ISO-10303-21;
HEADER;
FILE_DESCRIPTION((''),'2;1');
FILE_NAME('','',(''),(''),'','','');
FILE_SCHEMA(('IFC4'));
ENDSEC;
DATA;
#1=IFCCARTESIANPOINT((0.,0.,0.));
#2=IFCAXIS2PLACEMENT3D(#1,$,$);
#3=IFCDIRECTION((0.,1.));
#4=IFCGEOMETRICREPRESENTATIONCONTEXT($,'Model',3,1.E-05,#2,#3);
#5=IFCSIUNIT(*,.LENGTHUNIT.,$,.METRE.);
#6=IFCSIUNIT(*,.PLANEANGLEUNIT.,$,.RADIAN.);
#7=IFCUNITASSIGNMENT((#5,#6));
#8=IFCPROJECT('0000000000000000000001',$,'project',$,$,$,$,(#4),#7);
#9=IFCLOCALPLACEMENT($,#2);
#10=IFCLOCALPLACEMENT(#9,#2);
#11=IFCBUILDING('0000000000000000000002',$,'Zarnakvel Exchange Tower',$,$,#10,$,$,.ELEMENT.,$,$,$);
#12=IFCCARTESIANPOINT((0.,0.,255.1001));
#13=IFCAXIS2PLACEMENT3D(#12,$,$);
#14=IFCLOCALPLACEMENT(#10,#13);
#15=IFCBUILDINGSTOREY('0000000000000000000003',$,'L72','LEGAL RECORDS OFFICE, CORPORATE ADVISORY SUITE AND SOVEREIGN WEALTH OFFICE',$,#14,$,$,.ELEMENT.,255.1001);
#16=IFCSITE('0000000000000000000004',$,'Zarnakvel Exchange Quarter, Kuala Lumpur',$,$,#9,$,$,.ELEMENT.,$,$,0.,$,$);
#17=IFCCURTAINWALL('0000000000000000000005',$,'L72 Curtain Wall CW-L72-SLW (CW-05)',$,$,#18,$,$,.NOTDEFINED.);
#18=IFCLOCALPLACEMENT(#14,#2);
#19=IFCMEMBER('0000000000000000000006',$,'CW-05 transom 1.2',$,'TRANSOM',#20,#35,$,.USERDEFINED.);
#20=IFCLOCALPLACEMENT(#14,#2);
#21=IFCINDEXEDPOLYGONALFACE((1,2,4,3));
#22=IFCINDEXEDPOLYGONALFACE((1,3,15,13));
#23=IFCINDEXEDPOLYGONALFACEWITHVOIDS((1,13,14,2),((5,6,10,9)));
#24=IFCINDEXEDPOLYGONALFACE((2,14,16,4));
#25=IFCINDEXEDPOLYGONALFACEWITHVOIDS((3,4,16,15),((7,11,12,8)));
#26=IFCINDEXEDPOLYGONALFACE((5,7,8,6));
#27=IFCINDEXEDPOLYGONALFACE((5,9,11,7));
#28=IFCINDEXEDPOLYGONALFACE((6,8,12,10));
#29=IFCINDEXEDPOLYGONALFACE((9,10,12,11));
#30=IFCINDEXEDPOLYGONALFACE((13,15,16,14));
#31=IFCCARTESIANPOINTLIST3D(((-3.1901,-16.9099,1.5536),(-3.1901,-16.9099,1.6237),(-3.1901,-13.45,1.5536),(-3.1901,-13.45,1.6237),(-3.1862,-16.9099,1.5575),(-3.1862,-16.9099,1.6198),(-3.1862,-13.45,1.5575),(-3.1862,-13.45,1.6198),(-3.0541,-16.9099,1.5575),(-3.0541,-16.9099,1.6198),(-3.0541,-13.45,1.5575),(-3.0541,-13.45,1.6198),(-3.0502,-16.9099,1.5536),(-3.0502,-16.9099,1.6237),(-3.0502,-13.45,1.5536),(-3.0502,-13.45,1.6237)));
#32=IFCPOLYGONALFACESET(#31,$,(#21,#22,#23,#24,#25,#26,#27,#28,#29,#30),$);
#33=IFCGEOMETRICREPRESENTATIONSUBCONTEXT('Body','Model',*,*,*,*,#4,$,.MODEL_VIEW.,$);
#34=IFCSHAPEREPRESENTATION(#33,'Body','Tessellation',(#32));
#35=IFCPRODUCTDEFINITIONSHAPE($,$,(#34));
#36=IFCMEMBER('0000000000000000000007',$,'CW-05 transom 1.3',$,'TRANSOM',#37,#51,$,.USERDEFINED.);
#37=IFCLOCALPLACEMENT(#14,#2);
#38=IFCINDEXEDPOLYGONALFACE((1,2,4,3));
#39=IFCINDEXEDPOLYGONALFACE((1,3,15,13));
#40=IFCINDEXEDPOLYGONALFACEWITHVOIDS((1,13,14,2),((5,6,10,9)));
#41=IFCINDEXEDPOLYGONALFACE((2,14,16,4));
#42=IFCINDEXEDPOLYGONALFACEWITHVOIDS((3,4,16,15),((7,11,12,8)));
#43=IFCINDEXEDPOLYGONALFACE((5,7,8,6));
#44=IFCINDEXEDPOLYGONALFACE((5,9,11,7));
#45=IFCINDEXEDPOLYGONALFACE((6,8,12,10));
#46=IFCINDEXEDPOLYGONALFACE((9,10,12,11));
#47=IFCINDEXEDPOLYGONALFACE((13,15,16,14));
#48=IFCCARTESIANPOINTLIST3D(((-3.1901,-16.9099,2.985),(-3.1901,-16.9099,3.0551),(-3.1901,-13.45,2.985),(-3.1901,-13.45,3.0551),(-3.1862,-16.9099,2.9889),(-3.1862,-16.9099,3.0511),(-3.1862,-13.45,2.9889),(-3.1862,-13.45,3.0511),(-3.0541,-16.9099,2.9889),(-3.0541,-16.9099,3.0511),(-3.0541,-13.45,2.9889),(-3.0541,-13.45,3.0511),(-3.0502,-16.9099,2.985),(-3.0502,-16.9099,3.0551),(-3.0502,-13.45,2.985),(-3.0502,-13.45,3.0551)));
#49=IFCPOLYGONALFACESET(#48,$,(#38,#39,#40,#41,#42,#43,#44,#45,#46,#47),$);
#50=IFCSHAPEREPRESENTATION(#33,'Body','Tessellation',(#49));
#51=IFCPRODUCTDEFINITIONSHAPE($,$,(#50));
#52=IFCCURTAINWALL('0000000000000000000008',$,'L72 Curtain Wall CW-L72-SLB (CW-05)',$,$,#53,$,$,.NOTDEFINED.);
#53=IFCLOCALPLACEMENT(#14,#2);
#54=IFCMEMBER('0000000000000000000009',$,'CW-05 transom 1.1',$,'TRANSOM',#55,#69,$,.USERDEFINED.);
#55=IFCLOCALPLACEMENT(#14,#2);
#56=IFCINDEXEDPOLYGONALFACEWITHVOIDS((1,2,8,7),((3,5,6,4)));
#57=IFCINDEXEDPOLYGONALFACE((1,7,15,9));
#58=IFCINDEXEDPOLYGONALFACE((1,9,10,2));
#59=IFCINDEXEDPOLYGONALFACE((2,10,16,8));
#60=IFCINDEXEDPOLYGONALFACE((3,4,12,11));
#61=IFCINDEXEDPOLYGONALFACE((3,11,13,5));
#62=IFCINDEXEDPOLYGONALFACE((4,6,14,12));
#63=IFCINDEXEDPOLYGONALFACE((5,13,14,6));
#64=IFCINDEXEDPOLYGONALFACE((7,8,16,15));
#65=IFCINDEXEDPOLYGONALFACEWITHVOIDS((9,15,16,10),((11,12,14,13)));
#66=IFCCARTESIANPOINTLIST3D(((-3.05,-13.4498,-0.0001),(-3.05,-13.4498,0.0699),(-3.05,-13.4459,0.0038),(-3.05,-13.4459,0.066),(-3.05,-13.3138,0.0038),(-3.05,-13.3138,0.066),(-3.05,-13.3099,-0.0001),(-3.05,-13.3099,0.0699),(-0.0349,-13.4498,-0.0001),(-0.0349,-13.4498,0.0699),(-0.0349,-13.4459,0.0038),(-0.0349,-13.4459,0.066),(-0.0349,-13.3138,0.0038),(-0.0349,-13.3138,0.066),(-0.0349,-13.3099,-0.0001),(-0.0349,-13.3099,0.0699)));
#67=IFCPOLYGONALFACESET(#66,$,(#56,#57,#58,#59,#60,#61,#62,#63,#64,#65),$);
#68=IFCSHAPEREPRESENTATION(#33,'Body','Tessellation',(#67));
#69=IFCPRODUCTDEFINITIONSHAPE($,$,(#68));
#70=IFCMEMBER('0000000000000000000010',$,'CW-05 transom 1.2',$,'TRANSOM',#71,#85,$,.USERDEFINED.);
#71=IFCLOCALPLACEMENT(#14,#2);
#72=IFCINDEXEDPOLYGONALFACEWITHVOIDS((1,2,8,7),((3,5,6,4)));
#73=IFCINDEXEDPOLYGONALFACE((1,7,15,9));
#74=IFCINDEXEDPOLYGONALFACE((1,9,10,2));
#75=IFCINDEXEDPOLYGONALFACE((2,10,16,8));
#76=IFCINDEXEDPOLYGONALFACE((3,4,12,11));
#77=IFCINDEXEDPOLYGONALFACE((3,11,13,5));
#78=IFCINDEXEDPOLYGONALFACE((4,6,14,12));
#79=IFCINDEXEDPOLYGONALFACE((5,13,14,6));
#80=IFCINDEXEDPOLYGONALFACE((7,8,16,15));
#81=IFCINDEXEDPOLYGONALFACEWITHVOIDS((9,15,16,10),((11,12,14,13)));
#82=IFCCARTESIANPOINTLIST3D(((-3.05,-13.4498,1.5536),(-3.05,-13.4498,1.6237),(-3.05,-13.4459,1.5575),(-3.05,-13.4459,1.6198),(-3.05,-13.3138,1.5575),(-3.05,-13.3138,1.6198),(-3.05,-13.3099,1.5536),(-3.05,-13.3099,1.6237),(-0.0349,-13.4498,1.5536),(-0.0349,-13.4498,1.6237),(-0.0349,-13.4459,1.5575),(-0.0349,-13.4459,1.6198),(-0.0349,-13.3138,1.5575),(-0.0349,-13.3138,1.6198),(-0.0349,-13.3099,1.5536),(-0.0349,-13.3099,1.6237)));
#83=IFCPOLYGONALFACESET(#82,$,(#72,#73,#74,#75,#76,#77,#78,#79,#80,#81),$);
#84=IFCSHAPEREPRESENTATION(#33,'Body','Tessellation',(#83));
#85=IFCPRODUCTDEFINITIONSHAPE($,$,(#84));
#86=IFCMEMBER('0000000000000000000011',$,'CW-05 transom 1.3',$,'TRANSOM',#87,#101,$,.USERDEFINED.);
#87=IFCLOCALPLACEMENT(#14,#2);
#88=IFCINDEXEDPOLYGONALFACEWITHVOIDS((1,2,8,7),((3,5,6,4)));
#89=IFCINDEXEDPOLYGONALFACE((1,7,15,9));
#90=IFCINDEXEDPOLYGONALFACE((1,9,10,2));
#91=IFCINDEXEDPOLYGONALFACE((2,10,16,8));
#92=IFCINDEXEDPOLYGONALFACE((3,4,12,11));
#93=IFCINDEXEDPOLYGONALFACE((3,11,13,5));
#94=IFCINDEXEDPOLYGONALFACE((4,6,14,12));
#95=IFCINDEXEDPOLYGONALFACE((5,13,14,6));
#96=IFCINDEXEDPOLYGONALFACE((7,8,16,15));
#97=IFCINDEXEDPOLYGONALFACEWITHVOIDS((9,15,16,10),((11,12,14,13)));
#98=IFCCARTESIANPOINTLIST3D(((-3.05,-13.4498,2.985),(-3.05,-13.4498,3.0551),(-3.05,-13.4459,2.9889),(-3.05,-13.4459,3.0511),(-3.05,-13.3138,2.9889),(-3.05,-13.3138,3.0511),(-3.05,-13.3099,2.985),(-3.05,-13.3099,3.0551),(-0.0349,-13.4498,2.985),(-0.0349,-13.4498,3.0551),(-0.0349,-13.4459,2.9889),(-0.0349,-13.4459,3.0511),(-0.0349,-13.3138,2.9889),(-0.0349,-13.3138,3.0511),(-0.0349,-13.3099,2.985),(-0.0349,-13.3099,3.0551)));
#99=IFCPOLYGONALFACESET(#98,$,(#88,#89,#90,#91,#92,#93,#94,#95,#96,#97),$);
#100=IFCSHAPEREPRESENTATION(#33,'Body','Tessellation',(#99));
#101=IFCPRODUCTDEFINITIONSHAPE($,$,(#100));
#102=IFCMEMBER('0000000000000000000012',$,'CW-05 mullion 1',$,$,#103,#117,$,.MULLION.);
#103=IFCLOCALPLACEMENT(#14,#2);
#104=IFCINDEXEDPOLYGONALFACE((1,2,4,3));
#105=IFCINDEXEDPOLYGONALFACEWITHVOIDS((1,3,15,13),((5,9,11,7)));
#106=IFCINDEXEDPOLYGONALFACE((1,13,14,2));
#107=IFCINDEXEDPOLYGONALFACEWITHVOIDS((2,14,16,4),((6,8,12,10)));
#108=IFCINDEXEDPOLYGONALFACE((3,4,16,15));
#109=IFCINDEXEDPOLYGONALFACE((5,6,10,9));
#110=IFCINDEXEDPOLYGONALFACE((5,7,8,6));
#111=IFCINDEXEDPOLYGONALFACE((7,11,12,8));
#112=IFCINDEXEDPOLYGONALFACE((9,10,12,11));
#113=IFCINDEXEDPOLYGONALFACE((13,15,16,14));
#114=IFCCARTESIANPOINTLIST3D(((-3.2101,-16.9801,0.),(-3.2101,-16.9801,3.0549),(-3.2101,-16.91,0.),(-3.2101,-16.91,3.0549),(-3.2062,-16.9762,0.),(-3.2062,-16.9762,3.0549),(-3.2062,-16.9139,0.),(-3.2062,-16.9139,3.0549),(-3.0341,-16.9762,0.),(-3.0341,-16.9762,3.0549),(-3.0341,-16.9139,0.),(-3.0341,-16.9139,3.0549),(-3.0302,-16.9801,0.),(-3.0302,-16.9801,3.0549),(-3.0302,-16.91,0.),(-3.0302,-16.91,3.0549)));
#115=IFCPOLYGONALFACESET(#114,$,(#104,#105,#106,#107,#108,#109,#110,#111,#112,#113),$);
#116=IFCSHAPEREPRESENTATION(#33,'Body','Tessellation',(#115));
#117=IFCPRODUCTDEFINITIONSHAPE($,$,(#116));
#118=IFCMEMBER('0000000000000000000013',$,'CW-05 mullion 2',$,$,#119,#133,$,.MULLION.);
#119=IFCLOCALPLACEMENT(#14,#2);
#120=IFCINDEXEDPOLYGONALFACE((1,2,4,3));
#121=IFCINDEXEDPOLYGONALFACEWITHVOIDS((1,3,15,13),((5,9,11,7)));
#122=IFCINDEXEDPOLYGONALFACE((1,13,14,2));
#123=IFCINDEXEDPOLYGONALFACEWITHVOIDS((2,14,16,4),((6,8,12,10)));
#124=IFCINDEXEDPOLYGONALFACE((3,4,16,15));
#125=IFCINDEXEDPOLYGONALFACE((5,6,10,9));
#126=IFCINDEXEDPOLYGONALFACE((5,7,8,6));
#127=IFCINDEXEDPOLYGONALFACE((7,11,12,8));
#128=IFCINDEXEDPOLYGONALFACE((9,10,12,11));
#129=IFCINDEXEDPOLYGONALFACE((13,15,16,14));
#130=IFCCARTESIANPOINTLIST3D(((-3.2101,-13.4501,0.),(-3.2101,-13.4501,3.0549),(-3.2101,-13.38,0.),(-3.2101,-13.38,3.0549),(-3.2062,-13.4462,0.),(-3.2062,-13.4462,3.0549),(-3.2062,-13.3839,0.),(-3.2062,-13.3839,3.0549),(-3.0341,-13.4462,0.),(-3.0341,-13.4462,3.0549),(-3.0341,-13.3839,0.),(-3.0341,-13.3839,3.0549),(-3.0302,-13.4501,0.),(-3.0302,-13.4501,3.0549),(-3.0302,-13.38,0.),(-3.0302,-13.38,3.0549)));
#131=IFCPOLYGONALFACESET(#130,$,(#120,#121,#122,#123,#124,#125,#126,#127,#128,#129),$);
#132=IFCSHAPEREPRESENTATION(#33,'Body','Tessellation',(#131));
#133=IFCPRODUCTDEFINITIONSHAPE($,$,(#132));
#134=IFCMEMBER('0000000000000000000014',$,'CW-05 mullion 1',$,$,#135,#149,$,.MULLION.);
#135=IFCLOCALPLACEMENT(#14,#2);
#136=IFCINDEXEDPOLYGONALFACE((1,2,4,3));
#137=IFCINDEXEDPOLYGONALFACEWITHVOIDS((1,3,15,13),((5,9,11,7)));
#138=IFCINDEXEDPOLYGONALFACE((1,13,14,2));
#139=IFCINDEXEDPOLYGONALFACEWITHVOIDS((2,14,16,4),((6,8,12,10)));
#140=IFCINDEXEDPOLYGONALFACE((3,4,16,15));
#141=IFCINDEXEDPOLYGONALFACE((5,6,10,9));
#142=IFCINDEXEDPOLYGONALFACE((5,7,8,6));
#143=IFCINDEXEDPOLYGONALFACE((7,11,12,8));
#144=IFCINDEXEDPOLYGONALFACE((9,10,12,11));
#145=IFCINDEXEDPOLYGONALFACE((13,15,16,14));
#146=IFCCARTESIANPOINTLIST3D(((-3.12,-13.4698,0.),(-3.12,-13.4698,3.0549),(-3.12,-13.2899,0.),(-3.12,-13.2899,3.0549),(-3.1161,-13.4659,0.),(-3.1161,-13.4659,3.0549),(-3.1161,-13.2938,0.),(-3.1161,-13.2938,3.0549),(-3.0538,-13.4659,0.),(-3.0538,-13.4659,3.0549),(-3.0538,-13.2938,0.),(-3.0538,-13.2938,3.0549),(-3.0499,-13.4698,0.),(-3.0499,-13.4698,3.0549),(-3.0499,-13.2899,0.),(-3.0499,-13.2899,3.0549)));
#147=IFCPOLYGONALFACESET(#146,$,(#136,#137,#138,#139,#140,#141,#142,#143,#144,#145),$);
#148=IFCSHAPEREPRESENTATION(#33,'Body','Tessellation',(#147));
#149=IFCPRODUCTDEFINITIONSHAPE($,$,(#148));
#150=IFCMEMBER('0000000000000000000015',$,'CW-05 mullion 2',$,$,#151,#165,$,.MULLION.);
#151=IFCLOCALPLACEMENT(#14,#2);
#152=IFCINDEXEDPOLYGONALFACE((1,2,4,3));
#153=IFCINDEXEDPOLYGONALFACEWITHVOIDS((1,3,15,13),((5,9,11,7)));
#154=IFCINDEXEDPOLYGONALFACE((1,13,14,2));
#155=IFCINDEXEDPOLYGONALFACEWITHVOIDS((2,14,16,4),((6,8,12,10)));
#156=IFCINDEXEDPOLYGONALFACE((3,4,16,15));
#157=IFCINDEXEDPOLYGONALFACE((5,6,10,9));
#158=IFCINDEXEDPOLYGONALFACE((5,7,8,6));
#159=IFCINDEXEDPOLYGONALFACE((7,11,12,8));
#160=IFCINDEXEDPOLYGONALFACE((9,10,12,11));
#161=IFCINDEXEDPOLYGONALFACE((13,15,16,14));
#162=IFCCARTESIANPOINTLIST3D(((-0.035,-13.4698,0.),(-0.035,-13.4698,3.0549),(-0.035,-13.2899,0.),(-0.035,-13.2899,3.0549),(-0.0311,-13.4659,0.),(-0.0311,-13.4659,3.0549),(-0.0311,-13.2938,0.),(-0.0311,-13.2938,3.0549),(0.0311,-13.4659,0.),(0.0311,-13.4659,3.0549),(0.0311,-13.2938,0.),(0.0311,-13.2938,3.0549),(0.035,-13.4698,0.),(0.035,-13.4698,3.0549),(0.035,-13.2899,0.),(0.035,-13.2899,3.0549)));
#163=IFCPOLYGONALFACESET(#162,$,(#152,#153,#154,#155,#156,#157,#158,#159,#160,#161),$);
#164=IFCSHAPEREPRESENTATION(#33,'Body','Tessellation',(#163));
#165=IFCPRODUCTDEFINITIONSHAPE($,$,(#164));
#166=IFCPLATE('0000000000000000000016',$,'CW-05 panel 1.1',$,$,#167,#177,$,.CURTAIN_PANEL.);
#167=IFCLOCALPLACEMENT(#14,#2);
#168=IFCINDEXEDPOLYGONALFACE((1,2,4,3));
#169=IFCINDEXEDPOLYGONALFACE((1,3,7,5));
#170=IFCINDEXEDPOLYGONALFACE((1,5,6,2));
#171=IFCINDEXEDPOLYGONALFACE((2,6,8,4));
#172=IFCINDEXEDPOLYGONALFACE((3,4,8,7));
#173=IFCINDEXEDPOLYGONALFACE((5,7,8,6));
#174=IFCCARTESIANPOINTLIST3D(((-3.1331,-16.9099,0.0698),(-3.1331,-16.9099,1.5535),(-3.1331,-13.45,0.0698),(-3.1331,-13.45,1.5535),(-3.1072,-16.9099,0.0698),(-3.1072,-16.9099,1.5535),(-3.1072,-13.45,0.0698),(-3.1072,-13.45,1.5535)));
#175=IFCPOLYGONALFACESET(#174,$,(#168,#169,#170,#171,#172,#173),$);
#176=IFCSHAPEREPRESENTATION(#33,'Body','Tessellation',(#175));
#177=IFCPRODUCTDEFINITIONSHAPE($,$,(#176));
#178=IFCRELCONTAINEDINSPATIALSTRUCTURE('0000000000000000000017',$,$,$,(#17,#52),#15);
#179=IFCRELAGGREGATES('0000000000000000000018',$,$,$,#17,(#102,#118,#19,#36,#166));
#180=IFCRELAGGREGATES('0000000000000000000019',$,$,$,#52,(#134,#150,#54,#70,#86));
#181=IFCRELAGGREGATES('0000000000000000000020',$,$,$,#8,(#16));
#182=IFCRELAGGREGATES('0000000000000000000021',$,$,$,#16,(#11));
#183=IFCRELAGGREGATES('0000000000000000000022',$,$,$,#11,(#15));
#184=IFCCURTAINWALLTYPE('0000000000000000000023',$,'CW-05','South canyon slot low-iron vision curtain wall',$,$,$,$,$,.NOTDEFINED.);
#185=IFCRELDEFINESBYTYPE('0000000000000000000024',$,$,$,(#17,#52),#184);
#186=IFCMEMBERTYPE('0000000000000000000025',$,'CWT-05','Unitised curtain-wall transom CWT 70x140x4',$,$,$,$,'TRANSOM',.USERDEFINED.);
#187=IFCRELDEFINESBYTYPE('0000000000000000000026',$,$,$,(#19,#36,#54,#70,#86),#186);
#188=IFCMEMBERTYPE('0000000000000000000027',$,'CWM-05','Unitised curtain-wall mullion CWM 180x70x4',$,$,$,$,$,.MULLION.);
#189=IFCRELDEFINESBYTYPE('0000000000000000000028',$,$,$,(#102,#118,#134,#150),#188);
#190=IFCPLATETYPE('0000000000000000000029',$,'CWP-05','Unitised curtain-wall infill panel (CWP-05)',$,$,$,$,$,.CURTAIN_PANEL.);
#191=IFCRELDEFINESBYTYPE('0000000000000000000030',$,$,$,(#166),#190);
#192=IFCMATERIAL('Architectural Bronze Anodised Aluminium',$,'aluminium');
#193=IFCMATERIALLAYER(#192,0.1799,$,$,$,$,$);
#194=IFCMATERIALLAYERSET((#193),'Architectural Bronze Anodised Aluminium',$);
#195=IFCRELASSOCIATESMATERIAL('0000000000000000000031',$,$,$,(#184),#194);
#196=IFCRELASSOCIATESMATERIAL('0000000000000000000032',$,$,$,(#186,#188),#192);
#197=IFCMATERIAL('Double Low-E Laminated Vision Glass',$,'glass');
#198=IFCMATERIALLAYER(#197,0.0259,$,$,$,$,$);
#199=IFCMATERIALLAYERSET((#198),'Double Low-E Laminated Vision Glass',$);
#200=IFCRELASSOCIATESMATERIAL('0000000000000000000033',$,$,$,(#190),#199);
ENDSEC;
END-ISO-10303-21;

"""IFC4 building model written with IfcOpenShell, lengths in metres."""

from ifc_helpers import new_model, si_unit, direction, frame, origin, origin_2d, place, context, subcontext, project, spatial, rectangle, hollow_rectangle, extrude, source, transform, mapped, material, layer, layer_set, material_profile, profile_set, type_object, element, aggregate, save


model = new_model("IFC4")

# Units and contexts
model_context = context("Model", 3, precision=1e-05, world=origin(), true_north=direction((0.0, 1.0)))
body_context = subcontext(model_context, "Body", "Model", "MODEL_VIEW")
ifc_project = project(units=[si_unit("LENGTHUNIT", "METRE"), si_unit("PLANEANGLEUNIT", "RADIAN")], contexts=[model_context])

# Site, building, storey
site_placement = place(None, origin())
site = spatial("IfcSite", under=ifc_project, at=site_placement, Name="Zarnakvel Exchange Quarter, Kuala Lumpur", CompositionType="ELEMENT", RefElevation=0.0)
building_placement = place(site_placement, origin())
building = spatial("IfcBuilding", under=site, at=building_placement, Name="Zarnakvel Exchange Tower", CompositionType="ELEMENT")
storey_placement = place(building_placement, frame((0.0, 0.0, 255.1001)))
storey = spatial("IfcBuildingStorey", under=building, at=storey_placement, Name="L72", Description="LEGAL RECORDS OFFICE, CORPORATE ADVISORY SUITE AND SOVEREIGN WEALTH OFFICE", CompositionType="ELEMENT", Elevation=255.1001)

# Curtain walls, members
ifc_material_1 = material(Name="Architectural Bronze Anodised Aluminium", Category="aluminium")
ifc_layer_1 = layer(ifc_material_1, 0.1799)
ifc_layer_set_1 = layer_set([ifc_layer_1], Name="Architectural Bronze Anodised Aluminium")
curtain_wall_type = type_object("IfcCurtainWallType", Name="CW-05", Description="South canyon slot low-iron vision curtain wall", PredefinedType="NOTDEFINED", material=ifc_layer_set_1)
curtain_wall_1_placement = place(storey_placement, origin())
curtain_wall_1 = element("IfcCurtainWall", 1, at=curtain_wall_1_placement, inside=storey, type_object=curtain_wall_type, Name="L72 Curtain Wall CW-L72-SLW (CW-05)", PredefinedType="NOTDEFINED")
ifc_material_profile_1 = material_profile(ifc_material_1, hollow_rectangle(XDim=0.1399, YDim=0.0701, WallThickness=0.0039, at=origin_2d()))
ifc_profile_set_1 = profile_set([ifc_material_profile_1], Name="Architectural Bronze Anodised Aluminium")
member_type_1 = type_object("IfcMemberType", Name="CWT-05", Description="Unitised curtain-wall transom CWT 70x140x4", ElementType="TRANSOM", PredefinedType="USERDEFINED", material=ifc_profile_set_1)
shared_shape_1 = source(origin(), body_context, "Body", "SweptSolid", [
    extrude(hollow_rectangle(XDim=0.1399, YDim=0.0701, WallThickness=0.0039, at=origin_2d()), origin(), (0.0, 0.0, 1.0), 3.46),
])
member_1_placement = place(storey_placement, frame((-3.1201, -16.9099, 1.5886), z_axis=(0.0, 1.0, 0.0), x_axis=(-1.0, 0.0, 0.0)))
member_1 = element("IfcMember", 2, at=member_1_placement, type_object=member_type_1, Name="CW-05 transom 1.2", ObjectType="TRANSOM", PredefinedType="USERDEFINED", context=body_context, shape_type="MappedRepresentation", body=[
    mapped(shared_shape_1, transform((0.0, 0.0, 0.0), x_axis=(1.0, 0.0, 0.0), y_axis=(0.0, 1.0, 0.0), z_axis=(0.0, 0.0, 1.0), scale=1.0)),
])
member_2_placement = place(storey_placement, frame((-3.1201, -16.9099, 3.02), z_axis=(0.0, 1.0, 0.0), x_axis=(-1.0, 0.0, 0.0)))
member_2 = element("IfcMember", 3, at=member_2_placement, type_object=member_type_1, Name="CW-05 transom 1.3", ObjectType="TRANSOM", PredefinedType="USERDEFINED", context=body_context, shape_type="MappedRepresentation", body=[
    mapped(shared_shape_1, transform((0.0, 0.0, 0.0), x_axis=(1.0, 0.0, 0.0), y_axis=(0.0, 1.0, 0.0), z_axis=(0.0, 0.0, 1.0), scale=1.0)),
])
curtain_wall_2_placement = place(storey_placement, origin())
curtain_wall_2 = element("IfcCurtainWall", 4, at=curtain_wall_2_placement, inside=storey, type_object=curtain_wall_type, Name="L72 Curtain Wall CW-L72-SLB (CW-05)", PredefinedType="NOTDEFINED")
shared_shape_2 = source(origin(), body_context, "Body", "SweptSolid", [
    extrude(hollow_rectangle(XDim=0.1399, YDim=0.0701, WallThickness=0.0039, at=origin_2d()), origin(), (0.0, 0.0, 1.0), 3.0151),
])
member_3_placement = place(storey_placement, frame((-3.05, -13.3799, 0.0349), z_axis=(1.0, 0.0, 0.0), x_axis=(0.0, 1.0, 0.0)))
member_3 = element("IfcMember", 5, at=member_3_placement, type_object=member_type_1, Name="CW-05 transom 1.1", ObjectType="TRANSOM", PredefinedType="USERDEFINED", context=body_context, shape_type="MappedRepresentation", body=[
    mapped(shared_shape_2, transform((0.0, 0.0, 0.0), x_axis=(1.0, 0.0, 0.0), y_axis=(0.0, 1.0, 0.0), z_axis=(0.0, 0.0, 1.0), scale=1.0)),
])
member_4_placement = place(storey_placement, frame((-3.05, -13.3799, 1.5886), z_axis=(1.0, 0.0, 0.0), x_axis=(0.0, 1.0, 0.0)))
member_4 = element("IfcMember", 6, at=member_4_placement, type_object=member_type_1, Name="CW-05 transom 1.2", ObjectType="TRANSOM", PredefinedType="USERDEFINED", context=body_context, shape_type="MappedRepresentation", body=[
    mapped(shared_shape_2, transform((0.0, 0.0, 0.0), x_axis=(1.0, 0.0, 0.0), y_axis=(0.0, 1.0, 0.0), z_axis=(0.0, 0.0, 1.0), scale=1.0)),
])
member_5_placement = place(storey_placement, frame((-3.05, -13.3799, 3.02), z_axis=(1.0, 0.0, 0.0), x_axis=(0.0, 1.0, 0.0)))
member_5 = element("IfcMember", 7, at=member_5_placement, type_object=member_type_1, Name="CW-05 transom 1.3", ObjectType="TRANSOM", PredefinedType="USERDEFINED", context=body_context, shape_type="MappedRepresentation", body=[
    mapped(shared_shape_2, transform((0.0, 0.0, 0.0), x_axis=(1.0, 0.0, 0.0), y_axis=(0.0, 1.0, 0.0), z_axis=(0.0, 0.0, 1.0), scale=1.0)),
])

# Members
ifc_material_profile_2 = material_profile(ifc_material_1, hollow_rectangle(XDim=0.1799, YDim=0.0701, WallThickness=0.0039, at=origin_2d()))
ifc_profile_set_2 = profile_set([ifc_material_profile_2], Name="Architectural Bronze Anodised Aluminium")
member_type_2 = type_object("IfcMemberType", Name="CWM-05", Description="Unitised curtain-wall mullion CWM 180x70x4", PredefinedType="MULLION", material=ifc_profile_set_2)
shared_shape_3 = source(origin(), body_context, "Body", "SweptSolid", [
    extrude(hollow_rectangle(XDim=0.1799, YDim=0.0701, WallThickness=0.0039, at=origin_2d()), origin(), (0.0, 0.0, 1.0), 3.0549),
])
member_6_placement = place(storey_placement, frame((-3.1201, -16.9451, 0.0), z_axis=(0.0, 0.0, 1.0), x_axis=(-1.0, 0.0, 0.0)))
member_6 = element("IfcMember", 8, at=member_6_placement, type_object=member_type_2, Name="CW-05 mullion 1", PredefinedType="MULLION", context=body_context, shape_type="MappedRepresentation", body=[
    mapped(shared_shape_3, transform((0.0, 0.0, 0.0), x_axis=(1.0, 0.0, 0.0), y_axis=(0.0, 1.0, 0.0), z_axis=(0.0, 0.0, 1.0), scale=1.0)),
])
member_7_placement = place(storey_placement, frame((-3.1201, -13.415, 0.0), z_axis=(0.0, 0.0, 1.0), x_axis=(-1.0, 0.0, 0.0)))
member_7 = element("IfcMember", 9, at=member_7_placement, type_object=member_type_2, Name="CW-05 mullion 2", PredefinedType="MULLION", context=body_context, shape_type="MappedRepresentation", body=[
    mapped(shared_shape_3, transform((0.0, 0.0, 0.0), x_axis=(1.0, 0.0, 0.0), y_axis=(0.0, 1.0, 0.0), z_axis=(0.0, 0.0, 1.0), scale=1.0)),
])
member_8_placement = place(storey_placement, frame((-3.085, -13.3799, 0.0), z_axis=(0.0, 0.0, 1.0), x_axis=(0.0, 1.0, 0.0)))
member_8 = element("IfcMember", 10, at=member_8_placement, type_object=member_type_2, Name="CW-05 mullion 1", PredefinedType="MULLION", context=body_context, shape_type="MappedRepresentation", body=[
    mapped(shared_shape_3, transform((0.0, 0.0, 0.0), x_axis=(1.0, 0.0, 0.0), y_axis=(0.0, 1.0, 0.0), z_axis=(0.0, 0.0, 1.0), scale=1.0)),
])
member_9_placement = place(storey_placement, frame((0.0, -13.3799, 0.0), z_axis=(0.0, 0.0, 1.0), x_axis=(0.0, 1.0, 0.0)))
member_9 = element("IfcMember", 11, at=member_9_placement, type_object=member_type_2, Name="CW-05 mullion 2", PredefinedType="MULLION", context=body_context, shape_type="MappedRepresentation", body=[
    mapped(shared_shape_3, transform((0.0, 0.0, 0.0), x_axis=(1.0, 0.0, 0.0), y_axis=(0.0, 1.0, 0.0), z_axis=(0.0, 0.0, 1.0), scale=1.0)),
])

# Plate
ifc_material_2 = material(Name="Double Low-E Laminated Vision Glass", Category="glass")
ifc_layer_2 = layer(ifc_material_2, 0.0259)
ifc_layer_set_2 = layer_set([ifc_layer_2], Name="Double Low-E Laminated Vision Glass")
plate_type = type_object("IfcPlateType", Name="CWP-05", Description="Unitised curtain-wall infill panel (CWP-05)", PredefinedType="CURTAIN_PANEL", material=ifc_layer_set_2)
shared_shape_4 = source(origin(), body_context, "Body", "SweptSolid", [
    extrude(rectangle(XDim=3.46, YDim=0.0259, at=origin_2d()), origin(), (0.0, 0.0, 1.0), 1.4836),
])
plate_1_placement = place(storey_placement, frame((-3.1201, -15.1799, 0.0698), z_axis=(0.0, 0.0, 1.0), x_axis=(0.0, 1.0, 0.0)))
plate_1 = element("IfcPlate", 12, at=plate_1_placement, type_object=plate_type, Name="CW-05 panel 1.1", PredefinedType="CURTAIN_PANEL", context=body_context, shape_type="MappedRepresentation", body=[
    mapped(shared_shape_4, transform((0.0, 0.0, 0.0), x_axis=(1.0, 0.0, 0.0), y_axis=(0.0, 1.0, 0.0), z_axis=(0.0, 0.0, 1.0), scale=1.0)),
])
aggregate(curtain_wall_1, [member_6, member_7, member_1, member_2, plate_1])
aggregate(curtain_wall_2, [member_8, member_9, member_3, member_4, member_5])

save(model, "model.ifc")
